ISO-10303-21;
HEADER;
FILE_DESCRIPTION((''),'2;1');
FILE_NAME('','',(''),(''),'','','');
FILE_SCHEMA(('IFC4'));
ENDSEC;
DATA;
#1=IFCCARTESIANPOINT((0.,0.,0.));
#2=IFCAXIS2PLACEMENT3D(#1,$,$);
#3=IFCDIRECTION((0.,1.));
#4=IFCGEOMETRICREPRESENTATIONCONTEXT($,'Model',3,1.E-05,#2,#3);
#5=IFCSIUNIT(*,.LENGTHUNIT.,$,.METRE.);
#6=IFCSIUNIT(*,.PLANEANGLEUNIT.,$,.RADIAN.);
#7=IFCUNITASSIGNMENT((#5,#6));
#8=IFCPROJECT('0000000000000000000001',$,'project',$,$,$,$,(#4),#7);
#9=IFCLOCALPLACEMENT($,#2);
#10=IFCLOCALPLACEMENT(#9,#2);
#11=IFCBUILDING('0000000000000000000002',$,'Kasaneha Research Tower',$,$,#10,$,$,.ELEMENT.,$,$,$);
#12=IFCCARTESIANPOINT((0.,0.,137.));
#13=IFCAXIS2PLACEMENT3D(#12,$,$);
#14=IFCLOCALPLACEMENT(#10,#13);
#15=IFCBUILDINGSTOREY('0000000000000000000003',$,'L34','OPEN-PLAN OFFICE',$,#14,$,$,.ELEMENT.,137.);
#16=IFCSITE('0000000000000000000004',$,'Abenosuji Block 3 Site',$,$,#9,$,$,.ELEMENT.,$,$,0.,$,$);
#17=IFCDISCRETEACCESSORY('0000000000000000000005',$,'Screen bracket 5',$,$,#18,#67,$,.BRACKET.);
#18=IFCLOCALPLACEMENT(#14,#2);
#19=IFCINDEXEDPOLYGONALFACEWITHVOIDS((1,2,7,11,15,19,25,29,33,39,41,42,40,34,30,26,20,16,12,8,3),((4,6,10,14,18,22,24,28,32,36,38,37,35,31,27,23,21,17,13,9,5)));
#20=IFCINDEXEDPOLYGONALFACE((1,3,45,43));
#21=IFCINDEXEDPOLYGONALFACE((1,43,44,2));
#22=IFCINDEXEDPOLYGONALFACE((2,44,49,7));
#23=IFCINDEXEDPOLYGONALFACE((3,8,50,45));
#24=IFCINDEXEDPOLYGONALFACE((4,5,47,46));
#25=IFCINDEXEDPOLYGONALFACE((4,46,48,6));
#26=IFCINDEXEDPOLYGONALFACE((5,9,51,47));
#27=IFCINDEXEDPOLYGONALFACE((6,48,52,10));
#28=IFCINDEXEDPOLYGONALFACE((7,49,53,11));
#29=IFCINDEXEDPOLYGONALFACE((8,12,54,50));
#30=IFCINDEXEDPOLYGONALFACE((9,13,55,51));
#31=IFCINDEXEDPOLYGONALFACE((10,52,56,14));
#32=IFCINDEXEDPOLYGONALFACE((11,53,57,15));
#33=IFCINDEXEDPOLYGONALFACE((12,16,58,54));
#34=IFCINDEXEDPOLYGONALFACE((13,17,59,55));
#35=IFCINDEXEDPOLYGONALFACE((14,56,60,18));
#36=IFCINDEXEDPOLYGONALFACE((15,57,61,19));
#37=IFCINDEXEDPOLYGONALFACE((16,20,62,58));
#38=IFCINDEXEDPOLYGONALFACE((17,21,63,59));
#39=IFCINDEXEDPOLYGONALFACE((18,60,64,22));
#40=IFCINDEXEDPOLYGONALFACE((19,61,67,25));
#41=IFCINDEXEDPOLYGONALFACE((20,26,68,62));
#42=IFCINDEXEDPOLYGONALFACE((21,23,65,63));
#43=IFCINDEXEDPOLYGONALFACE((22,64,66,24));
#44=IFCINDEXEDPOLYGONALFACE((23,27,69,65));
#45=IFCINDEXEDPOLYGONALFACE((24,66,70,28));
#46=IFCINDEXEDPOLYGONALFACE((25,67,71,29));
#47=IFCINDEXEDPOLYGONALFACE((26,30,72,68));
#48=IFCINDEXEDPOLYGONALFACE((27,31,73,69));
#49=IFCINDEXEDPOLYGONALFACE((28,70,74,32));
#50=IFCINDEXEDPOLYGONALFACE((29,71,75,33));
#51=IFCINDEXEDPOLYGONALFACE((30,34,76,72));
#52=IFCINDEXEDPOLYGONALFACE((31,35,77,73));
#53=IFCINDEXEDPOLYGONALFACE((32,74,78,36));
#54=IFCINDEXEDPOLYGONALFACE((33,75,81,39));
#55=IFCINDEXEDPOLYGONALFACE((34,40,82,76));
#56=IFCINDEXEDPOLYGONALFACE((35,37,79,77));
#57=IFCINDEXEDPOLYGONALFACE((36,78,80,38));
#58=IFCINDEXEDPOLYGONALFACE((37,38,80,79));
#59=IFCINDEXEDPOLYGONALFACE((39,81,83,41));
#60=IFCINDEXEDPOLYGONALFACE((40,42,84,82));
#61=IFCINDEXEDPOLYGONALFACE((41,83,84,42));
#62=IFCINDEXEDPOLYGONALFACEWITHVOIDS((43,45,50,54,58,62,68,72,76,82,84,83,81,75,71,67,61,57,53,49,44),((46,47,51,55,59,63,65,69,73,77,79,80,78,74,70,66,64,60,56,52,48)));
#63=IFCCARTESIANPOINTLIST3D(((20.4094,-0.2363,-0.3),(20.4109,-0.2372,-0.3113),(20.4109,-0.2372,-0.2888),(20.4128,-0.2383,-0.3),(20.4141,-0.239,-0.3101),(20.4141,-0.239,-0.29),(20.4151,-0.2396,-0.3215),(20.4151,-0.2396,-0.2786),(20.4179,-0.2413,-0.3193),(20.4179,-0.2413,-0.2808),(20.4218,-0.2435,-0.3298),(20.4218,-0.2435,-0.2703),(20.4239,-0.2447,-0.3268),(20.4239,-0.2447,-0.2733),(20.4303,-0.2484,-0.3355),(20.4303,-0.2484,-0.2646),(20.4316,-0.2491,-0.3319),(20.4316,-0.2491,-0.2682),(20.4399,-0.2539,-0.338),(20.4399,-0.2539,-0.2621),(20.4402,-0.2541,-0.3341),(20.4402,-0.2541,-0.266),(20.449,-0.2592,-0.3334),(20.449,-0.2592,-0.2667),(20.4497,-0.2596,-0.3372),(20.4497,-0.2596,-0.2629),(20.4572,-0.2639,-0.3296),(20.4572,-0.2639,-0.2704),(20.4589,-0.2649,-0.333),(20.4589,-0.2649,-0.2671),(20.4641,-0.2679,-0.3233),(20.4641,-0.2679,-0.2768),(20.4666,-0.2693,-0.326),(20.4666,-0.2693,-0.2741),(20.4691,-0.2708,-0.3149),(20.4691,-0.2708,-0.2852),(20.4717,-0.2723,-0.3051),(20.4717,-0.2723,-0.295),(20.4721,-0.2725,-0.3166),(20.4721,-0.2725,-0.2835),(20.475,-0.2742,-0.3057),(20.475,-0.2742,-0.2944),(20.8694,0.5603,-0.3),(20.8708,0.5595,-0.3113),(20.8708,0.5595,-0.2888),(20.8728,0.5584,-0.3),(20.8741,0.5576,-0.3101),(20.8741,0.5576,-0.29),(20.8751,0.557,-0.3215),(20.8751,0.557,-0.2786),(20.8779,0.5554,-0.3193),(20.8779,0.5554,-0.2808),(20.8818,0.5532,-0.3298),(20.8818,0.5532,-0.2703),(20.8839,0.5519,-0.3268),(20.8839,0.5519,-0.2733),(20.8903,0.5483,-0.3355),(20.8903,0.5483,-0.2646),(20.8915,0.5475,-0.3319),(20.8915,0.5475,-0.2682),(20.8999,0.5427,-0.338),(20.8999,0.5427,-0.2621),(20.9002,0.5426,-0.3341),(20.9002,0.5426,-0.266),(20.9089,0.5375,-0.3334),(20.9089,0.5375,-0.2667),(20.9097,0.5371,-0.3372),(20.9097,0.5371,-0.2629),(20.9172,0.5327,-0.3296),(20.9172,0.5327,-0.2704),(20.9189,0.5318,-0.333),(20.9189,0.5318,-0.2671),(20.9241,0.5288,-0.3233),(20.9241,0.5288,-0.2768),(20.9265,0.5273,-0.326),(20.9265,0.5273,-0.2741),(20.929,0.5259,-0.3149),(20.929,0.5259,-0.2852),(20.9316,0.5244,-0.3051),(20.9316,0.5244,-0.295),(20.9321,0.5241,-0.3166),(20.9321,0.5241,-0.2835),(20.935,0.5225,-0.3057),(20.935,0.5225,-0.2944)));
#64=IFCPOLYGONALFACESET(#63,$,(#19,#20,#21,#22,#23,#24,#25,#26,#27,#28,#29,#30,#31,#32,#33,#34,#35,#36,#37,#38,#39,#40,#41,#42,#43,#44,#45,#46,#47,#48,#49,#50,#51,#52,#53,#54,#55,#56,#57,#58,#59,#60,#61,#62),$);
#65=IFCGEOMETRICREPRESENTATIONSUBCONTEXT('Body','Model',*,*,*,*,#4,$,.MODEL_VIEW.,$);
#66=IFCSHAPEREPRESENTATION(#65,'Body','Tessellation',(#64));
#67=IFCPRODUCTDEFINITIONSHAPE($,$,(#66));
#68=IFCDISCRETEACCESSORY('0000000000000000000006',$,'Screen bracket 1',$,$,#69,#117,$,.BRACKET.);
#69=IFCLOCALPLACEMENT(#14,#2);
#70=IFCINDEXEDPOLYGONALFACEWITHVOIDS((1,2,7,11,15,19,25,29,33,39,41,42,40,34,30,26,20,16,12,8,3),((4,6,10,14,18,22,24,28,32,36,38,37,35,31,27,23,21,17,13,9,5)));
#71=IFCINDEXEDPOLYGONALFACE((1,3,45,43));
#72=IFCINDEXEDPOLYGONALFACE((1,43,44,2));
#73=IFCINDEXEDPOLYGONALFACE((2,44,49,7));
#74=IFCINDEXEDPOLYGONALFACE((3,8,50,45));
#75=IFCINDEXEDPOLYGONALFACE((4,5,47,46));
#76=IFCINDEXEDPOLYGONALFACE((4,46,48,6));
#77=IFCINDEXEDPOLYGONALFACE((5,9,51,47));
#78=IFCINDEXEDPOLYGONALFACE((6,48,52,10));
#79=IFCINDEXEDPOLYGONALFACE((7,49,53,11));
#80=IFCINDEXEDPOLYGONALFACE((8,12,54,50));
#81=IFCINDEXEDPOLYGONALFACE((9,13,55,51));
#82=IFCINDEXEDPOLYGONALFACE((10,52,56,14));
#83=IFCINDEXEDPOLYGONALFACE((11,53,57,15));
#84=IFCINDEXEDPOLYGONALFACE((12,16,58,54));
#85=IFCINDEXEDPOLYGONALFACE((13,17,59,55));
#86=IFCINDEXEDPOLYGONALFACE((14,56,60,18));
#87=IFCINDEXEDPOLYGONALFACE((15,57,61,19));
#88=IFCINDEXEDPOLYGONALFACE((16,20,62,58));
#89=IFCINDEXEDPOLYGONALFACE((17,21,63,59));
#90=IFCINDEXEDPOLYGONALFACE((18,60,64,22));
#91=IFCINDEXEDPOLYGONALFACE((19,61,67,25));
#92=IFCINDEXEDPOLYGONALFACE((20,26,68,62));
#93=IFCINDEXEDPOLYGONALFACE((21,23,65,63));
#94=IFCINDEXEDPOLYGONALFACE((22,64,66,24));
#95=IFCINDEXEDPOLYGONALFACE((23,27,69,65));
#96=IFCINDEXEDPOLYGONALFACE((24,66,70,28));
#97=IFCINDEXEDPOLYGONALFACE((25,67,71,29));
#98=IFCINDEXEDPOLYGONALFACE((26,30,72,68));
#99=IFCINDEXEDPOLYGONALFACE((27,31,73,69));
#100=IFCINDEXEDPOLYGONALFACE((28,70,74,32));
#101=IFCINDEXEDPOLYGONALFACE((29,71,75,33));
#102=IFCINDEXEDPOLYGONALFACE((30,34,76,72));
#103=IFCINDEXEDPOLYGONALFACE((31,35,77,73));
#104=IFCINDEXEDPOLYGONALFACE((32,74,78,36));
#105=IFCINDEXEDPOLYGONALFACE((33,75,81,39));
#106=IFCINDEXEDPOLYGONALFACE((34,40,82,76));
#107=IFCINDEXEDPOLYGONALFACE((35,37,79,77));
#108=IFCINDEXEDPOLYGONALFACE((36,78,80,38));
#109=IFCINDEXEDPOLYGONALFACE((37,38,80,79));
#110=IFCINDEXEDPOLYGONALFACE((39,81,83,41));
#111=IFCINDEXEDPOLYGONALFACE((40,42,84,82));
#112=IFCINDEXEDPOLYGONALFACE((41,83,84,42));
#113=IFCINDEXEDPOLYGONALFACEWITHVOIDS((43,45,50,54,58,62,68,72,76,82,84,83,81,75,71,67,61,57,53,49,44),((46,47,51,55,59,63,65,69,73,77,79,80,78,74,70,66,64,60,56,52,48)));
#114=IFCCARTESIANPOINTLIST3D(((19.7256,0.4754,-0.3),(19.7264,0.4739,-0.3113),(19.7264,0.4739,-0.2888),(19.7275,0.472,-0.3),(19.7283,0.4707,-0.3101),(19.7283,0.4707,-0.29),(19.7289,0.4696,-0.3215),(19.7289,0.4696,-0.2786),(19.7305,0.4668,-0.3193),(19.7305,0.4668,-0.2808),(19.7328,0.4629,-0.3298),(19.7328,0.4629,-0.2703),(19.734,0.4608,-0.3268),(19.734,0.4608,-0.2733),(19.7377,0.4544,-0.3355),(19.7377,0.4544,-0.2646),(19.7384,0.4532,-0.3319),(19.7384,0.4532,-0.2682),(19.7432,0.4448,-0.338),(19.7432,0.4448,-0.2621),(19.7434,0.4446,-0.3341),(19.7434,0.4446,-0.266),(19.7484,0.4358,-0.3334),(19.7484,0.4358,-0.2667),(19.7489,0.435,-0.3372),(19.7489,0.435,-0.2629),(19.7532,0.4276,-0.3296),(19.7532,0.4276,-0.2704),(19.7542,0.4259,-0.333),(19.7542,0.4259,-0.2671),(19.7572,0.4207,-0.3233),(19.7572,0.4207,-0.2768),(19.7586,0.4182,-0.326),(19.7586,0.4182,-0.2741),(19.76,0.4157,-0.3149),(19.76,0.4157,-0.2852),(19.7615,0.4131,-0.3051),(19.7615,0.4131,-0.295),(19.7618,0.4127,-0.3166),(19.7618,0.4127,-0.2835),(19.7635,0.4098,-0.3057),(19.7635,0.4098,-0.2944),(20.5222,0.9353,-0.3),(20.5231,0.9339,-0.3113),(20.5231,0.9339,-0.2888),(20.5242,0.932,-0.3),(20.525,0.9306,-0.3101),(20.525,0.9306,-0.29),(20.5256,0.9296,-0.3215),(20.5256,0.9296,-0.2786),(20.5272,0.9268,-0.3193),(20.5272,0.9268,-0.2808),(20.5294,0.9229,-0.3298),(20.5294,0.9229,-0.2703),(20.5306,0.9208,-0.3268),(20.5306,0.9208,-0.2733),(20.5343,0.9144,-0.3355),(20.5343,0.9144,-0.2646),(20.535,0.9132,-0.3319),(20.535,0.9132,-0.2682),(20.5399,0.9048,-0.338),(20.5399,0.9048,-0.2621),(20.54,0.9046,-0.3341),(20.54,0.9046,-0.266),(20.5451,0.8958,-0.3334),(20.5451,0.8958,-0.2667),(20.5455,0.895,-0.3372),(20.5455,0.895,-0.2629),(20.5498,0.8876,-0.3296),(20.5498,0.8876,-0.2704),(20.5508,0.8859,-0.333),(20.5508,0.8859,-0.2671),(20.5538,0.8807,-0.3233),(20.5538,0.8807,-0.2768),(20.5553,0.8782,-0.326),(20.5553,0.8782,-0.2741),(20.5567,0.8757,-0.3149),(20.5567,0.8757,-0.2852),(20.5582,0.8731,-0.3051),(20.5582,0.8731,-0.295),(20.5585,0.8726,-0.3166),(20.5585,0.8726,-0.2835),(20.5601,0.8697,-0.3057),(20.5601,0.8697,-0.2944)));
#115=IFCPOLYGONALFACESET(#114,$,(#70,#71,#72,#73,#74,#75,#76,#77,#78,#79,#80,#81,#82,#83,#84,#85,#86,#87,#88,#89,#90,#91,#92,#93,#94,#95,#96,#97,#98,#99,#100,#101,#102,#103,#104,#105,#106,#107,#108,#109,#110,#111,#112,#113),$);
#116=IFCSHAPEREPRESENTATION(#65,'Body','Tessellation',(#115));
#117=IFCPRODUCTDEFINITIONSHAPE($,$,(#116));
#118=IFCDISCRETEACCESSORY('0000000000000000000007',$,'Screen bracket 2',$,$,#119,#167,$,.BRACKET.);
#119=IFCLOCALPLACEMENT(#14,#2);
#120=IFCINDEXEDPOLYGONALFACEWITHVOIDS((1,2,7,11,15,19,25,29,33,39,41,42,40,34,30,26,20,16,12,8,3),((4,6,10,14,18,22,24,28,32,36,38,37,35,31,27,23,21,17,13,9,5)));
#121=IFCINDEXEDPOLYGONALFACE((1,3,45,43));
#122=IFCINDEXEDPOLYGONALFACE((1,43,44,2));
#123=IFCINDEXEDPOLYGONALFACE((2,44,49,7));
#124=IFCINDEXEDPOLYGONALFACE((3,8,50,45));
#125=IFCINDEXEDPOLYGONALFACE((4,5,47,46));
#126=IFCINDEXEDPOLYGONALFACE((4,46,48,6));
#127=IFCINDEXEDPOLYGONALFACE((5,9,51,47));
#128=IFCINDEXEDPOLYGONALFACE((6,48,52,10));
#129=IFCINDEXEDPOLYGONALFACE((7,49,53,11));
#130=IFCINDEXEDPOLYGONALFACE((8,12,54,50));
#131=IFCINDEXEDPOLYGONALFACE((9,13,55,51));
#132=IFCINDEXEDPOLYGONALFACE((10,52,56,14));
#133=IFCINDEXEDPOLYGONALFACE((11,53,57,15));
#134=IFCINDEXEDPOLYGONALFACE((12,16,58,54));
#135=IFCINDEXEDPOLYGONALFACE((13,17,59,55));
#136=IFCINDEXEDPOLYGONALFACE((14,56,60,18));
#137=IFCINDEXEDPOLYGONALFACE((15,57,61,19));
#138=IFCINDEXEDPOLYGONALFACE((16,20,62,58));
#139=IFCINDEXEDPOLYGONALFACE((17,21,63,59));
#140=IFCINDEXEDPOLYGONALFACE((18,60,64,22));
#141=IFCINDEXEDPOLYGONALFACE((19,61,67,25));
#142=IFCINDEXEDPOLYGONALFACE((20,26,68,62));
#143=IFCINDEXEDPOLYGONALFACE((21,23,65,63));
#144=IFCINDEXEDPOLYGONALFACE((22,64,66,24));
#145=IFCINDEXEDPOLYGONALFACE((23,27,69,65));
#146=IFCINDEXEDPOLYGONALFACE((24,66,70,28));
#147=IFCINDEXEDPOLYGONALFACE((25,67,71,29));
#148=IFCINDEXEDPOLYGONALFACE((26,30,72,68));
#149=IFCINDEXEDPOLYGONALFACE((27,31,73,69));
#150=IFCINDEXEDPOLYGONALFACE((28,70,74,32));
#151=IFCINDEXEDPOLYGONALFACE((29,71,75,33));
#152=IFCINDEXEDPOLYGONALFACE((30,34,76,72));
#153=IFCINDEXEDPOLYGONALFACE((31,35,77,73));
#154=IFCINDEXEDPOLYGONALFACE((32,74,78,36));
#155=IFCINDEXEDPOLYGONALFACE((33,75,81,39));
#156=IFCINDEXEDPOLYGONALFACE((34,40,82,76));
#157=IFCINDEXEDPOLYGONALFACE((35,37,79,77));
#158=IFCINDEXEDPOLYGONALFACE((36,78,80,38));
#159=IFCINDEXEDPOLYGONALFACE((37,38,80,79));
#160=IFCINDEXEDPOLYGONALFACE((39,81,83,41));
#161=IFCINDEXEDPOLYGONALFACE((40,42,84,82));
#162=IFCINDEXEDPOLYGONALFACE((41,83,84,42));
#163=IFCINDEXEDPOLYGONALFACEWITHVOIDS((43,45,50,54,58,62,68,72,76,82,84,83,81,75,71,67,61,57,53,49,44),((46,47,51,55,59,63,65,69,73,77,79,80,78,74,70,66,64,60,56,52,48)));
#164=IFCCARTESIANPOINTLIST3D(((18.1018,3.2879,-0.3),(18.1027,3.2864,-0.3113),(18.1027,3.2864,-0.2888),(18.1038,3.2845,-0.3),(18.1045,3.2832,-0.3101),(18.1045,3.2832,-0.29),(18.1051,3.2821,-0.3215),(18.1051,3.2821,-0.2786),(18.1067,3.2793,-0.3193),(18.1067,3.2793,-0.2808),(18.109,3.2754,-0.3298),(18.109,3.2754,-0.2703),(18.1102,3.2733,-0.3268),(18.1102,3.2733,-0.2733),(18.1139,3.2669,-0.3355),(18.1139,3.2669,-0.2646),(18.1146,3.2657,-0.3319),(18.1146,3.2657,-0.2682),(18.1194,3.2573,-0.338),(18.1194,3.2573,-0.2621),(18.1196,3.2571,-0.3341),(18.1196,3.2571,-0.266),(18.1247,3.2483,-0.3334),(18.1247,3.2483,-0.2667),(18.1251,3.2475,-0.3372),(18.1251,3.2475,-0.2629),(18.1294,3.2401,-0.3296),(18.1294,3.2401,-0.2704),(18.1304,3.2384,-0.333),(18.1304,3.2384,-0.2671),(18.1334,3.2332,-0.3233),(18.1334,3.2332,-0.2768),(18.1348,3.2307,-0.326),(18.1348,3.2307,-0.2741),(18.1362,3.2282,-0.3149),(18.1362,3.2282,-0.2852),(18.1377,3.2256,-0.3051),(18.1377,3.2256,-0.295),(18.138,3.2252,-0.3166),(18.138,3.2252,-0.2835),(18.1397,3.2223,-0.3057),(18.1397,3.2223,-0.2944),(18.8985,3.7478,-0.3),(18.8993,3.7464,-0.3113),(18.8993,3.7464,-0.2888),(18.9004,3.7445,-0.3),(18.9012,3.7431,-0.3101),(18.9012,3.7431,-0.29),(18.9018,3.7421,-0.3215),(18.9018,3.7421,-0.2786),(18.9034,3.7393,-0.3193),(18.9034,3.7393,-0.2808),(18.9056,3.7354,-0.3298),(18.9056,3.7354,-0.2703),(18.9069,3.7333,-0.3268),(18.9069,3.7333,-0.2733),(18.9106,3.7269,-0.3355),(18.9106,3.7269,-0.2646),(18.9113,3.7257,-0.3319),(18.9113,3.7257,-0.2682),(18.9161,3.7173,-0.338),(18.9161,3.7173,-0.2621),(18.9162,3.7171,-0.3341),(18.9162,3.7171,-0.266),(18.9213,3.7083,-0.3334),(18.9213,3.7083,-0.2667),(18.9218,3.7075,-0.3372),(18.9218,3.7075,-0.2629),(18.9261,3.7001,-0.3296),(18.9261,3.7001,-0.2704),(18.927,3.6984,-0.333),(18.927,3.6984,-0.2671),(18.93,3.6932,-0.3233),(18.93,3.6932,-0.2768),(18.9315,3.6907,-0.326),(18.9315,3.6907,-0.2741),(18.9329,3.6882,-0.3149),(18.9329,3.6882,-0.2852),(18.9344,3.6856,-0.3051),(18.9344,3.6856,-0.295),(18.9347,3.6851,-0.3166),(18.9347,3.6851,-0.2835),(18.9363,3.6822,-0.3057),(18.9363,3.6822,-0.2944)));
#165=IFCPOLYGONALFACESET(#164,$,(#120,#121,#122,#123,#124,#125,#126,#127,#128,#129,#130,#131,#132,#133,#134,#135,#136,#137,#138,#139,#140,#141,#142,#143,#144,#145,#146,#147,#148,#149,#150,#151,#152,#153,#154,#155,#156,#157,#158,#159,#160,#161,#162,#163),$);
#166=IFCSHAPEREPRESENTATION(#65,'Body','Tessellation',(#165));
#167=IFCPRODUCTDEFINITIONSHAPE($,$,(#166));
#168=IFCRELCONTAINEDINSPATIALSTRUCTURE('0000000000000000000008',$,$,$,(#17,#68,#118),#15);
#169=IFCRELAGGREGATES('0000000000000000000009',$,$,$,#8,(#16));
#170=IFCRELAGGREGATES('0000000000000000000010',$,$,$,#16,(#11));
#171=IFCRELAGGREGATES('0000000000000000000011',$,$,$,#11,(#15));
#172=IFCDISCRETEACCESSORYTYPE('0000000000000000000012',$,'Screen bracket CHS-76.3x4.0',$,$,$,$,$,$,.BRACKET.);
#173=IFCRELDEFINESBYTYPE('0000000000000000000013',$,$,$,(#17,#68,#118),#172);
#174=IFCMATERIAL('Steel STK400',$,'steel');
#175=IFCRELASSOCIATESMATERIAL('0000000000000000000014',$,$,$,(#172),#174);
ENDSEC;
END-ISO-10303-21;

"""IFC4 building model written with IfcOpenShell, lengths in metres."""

from ifc_helpers import new_model, si_unit, direction, frame, origin, origin_2d, place, context, subcontext, project, spatial, hollow_circle, extrude, material, material_profile, profile_set, type_object, element, save


model = new_model("IFC4")

# Units and contexts
model_context = context("Model", 3, precision=1e-05, world=origin(), true_north=direction((0.0, 1.0)))
body_context = subcontext(model_context, "Body", "Model", "MODEL_VIEW")
ifc_project = project(units=[si_unit("LENGTHUNIT", "METRE"), si_unit("PLANEANGLEUNIT", "RADIAN")], contexts=[model_context])

# Site, building, storey
site_placement = place(None, origin())
site = spatial("IfcSite", under=ifc_project, at=site_placement, Name="Abenosuji Block 3 Site", CompositionType="ELEMENT", RefElevation=0.0)
building_placement = place(site_placement, origin())
building = spatial("IfcBuilding", under=site, at=building_placement, Name="Kasaneha Research Tower", CompositionType="ELEMENT")
storey_placement = place(building_placement, frame((0.0, 0.0, 137.0)))
storey = spatial("IfcBuildingStorey", under=building, at=storey_placement, Name="L34", Description="OPEN-PLAN OFFICE", CompositionType="ELEMENT", Elevation=137.0)

# Discrete accessories
ifc_material_1 = material(Name="Steel STK400", Category="steel")
ifc_material_profile_1 = material_profile(ifc_material_1, hollow_circle(Radius=0.0381, WallThickness=0.0039, at=origin_2d()), Name="CHS-76.3x4.0")
ifc_profile_set_1 = profile_set([ifc_material_profile_1], Name="Steel STK400")
discrete_accessory_type = type_object("IfcDiscreteAccessoryType", Name="Screen bracket CHS-76.3x4.0", PredefinedType="BRACKET", material=ifc_profile_set_1)
for number, where, z_axis, x_axis, name in (
    (1, (20.4424, -0.2554, -0.3), (0.500021, 0.866013, 0.0), (-0.866013, 0.500021, 0.0), "Screen bracket 5"),
    (2, (19.7446, 0.4424, -0.3), (0.866013, 0.500021, 0.0), (-0.500021, 0.866013, 0.0), "Screen bracket 1"),
    (3, (18.1208, 3.2549, -0.3), (0.866013, 0.500021, 0.0), (-0.500021, 0.866013, 0.0), "Screen bracket 2"),
):
    element("IfcDiscreteAccessory", number, at=place(storey_placement, frame(where, z_axis=z_axis, x_axis=x_axis)), inside=storey, type_object=discrete_accessory_type, Name=name, PredefinedType="BRACKET", context=body_context, shape_type="SweptSolid", body=[
        extrude(hollow_circle(Radius=0.0381, WallThickness=0.0039, at=origin_2d()), origin(), (0.0, 0.0, 1.0), 0.9199),
    ])

save(model, "model.ifc")
